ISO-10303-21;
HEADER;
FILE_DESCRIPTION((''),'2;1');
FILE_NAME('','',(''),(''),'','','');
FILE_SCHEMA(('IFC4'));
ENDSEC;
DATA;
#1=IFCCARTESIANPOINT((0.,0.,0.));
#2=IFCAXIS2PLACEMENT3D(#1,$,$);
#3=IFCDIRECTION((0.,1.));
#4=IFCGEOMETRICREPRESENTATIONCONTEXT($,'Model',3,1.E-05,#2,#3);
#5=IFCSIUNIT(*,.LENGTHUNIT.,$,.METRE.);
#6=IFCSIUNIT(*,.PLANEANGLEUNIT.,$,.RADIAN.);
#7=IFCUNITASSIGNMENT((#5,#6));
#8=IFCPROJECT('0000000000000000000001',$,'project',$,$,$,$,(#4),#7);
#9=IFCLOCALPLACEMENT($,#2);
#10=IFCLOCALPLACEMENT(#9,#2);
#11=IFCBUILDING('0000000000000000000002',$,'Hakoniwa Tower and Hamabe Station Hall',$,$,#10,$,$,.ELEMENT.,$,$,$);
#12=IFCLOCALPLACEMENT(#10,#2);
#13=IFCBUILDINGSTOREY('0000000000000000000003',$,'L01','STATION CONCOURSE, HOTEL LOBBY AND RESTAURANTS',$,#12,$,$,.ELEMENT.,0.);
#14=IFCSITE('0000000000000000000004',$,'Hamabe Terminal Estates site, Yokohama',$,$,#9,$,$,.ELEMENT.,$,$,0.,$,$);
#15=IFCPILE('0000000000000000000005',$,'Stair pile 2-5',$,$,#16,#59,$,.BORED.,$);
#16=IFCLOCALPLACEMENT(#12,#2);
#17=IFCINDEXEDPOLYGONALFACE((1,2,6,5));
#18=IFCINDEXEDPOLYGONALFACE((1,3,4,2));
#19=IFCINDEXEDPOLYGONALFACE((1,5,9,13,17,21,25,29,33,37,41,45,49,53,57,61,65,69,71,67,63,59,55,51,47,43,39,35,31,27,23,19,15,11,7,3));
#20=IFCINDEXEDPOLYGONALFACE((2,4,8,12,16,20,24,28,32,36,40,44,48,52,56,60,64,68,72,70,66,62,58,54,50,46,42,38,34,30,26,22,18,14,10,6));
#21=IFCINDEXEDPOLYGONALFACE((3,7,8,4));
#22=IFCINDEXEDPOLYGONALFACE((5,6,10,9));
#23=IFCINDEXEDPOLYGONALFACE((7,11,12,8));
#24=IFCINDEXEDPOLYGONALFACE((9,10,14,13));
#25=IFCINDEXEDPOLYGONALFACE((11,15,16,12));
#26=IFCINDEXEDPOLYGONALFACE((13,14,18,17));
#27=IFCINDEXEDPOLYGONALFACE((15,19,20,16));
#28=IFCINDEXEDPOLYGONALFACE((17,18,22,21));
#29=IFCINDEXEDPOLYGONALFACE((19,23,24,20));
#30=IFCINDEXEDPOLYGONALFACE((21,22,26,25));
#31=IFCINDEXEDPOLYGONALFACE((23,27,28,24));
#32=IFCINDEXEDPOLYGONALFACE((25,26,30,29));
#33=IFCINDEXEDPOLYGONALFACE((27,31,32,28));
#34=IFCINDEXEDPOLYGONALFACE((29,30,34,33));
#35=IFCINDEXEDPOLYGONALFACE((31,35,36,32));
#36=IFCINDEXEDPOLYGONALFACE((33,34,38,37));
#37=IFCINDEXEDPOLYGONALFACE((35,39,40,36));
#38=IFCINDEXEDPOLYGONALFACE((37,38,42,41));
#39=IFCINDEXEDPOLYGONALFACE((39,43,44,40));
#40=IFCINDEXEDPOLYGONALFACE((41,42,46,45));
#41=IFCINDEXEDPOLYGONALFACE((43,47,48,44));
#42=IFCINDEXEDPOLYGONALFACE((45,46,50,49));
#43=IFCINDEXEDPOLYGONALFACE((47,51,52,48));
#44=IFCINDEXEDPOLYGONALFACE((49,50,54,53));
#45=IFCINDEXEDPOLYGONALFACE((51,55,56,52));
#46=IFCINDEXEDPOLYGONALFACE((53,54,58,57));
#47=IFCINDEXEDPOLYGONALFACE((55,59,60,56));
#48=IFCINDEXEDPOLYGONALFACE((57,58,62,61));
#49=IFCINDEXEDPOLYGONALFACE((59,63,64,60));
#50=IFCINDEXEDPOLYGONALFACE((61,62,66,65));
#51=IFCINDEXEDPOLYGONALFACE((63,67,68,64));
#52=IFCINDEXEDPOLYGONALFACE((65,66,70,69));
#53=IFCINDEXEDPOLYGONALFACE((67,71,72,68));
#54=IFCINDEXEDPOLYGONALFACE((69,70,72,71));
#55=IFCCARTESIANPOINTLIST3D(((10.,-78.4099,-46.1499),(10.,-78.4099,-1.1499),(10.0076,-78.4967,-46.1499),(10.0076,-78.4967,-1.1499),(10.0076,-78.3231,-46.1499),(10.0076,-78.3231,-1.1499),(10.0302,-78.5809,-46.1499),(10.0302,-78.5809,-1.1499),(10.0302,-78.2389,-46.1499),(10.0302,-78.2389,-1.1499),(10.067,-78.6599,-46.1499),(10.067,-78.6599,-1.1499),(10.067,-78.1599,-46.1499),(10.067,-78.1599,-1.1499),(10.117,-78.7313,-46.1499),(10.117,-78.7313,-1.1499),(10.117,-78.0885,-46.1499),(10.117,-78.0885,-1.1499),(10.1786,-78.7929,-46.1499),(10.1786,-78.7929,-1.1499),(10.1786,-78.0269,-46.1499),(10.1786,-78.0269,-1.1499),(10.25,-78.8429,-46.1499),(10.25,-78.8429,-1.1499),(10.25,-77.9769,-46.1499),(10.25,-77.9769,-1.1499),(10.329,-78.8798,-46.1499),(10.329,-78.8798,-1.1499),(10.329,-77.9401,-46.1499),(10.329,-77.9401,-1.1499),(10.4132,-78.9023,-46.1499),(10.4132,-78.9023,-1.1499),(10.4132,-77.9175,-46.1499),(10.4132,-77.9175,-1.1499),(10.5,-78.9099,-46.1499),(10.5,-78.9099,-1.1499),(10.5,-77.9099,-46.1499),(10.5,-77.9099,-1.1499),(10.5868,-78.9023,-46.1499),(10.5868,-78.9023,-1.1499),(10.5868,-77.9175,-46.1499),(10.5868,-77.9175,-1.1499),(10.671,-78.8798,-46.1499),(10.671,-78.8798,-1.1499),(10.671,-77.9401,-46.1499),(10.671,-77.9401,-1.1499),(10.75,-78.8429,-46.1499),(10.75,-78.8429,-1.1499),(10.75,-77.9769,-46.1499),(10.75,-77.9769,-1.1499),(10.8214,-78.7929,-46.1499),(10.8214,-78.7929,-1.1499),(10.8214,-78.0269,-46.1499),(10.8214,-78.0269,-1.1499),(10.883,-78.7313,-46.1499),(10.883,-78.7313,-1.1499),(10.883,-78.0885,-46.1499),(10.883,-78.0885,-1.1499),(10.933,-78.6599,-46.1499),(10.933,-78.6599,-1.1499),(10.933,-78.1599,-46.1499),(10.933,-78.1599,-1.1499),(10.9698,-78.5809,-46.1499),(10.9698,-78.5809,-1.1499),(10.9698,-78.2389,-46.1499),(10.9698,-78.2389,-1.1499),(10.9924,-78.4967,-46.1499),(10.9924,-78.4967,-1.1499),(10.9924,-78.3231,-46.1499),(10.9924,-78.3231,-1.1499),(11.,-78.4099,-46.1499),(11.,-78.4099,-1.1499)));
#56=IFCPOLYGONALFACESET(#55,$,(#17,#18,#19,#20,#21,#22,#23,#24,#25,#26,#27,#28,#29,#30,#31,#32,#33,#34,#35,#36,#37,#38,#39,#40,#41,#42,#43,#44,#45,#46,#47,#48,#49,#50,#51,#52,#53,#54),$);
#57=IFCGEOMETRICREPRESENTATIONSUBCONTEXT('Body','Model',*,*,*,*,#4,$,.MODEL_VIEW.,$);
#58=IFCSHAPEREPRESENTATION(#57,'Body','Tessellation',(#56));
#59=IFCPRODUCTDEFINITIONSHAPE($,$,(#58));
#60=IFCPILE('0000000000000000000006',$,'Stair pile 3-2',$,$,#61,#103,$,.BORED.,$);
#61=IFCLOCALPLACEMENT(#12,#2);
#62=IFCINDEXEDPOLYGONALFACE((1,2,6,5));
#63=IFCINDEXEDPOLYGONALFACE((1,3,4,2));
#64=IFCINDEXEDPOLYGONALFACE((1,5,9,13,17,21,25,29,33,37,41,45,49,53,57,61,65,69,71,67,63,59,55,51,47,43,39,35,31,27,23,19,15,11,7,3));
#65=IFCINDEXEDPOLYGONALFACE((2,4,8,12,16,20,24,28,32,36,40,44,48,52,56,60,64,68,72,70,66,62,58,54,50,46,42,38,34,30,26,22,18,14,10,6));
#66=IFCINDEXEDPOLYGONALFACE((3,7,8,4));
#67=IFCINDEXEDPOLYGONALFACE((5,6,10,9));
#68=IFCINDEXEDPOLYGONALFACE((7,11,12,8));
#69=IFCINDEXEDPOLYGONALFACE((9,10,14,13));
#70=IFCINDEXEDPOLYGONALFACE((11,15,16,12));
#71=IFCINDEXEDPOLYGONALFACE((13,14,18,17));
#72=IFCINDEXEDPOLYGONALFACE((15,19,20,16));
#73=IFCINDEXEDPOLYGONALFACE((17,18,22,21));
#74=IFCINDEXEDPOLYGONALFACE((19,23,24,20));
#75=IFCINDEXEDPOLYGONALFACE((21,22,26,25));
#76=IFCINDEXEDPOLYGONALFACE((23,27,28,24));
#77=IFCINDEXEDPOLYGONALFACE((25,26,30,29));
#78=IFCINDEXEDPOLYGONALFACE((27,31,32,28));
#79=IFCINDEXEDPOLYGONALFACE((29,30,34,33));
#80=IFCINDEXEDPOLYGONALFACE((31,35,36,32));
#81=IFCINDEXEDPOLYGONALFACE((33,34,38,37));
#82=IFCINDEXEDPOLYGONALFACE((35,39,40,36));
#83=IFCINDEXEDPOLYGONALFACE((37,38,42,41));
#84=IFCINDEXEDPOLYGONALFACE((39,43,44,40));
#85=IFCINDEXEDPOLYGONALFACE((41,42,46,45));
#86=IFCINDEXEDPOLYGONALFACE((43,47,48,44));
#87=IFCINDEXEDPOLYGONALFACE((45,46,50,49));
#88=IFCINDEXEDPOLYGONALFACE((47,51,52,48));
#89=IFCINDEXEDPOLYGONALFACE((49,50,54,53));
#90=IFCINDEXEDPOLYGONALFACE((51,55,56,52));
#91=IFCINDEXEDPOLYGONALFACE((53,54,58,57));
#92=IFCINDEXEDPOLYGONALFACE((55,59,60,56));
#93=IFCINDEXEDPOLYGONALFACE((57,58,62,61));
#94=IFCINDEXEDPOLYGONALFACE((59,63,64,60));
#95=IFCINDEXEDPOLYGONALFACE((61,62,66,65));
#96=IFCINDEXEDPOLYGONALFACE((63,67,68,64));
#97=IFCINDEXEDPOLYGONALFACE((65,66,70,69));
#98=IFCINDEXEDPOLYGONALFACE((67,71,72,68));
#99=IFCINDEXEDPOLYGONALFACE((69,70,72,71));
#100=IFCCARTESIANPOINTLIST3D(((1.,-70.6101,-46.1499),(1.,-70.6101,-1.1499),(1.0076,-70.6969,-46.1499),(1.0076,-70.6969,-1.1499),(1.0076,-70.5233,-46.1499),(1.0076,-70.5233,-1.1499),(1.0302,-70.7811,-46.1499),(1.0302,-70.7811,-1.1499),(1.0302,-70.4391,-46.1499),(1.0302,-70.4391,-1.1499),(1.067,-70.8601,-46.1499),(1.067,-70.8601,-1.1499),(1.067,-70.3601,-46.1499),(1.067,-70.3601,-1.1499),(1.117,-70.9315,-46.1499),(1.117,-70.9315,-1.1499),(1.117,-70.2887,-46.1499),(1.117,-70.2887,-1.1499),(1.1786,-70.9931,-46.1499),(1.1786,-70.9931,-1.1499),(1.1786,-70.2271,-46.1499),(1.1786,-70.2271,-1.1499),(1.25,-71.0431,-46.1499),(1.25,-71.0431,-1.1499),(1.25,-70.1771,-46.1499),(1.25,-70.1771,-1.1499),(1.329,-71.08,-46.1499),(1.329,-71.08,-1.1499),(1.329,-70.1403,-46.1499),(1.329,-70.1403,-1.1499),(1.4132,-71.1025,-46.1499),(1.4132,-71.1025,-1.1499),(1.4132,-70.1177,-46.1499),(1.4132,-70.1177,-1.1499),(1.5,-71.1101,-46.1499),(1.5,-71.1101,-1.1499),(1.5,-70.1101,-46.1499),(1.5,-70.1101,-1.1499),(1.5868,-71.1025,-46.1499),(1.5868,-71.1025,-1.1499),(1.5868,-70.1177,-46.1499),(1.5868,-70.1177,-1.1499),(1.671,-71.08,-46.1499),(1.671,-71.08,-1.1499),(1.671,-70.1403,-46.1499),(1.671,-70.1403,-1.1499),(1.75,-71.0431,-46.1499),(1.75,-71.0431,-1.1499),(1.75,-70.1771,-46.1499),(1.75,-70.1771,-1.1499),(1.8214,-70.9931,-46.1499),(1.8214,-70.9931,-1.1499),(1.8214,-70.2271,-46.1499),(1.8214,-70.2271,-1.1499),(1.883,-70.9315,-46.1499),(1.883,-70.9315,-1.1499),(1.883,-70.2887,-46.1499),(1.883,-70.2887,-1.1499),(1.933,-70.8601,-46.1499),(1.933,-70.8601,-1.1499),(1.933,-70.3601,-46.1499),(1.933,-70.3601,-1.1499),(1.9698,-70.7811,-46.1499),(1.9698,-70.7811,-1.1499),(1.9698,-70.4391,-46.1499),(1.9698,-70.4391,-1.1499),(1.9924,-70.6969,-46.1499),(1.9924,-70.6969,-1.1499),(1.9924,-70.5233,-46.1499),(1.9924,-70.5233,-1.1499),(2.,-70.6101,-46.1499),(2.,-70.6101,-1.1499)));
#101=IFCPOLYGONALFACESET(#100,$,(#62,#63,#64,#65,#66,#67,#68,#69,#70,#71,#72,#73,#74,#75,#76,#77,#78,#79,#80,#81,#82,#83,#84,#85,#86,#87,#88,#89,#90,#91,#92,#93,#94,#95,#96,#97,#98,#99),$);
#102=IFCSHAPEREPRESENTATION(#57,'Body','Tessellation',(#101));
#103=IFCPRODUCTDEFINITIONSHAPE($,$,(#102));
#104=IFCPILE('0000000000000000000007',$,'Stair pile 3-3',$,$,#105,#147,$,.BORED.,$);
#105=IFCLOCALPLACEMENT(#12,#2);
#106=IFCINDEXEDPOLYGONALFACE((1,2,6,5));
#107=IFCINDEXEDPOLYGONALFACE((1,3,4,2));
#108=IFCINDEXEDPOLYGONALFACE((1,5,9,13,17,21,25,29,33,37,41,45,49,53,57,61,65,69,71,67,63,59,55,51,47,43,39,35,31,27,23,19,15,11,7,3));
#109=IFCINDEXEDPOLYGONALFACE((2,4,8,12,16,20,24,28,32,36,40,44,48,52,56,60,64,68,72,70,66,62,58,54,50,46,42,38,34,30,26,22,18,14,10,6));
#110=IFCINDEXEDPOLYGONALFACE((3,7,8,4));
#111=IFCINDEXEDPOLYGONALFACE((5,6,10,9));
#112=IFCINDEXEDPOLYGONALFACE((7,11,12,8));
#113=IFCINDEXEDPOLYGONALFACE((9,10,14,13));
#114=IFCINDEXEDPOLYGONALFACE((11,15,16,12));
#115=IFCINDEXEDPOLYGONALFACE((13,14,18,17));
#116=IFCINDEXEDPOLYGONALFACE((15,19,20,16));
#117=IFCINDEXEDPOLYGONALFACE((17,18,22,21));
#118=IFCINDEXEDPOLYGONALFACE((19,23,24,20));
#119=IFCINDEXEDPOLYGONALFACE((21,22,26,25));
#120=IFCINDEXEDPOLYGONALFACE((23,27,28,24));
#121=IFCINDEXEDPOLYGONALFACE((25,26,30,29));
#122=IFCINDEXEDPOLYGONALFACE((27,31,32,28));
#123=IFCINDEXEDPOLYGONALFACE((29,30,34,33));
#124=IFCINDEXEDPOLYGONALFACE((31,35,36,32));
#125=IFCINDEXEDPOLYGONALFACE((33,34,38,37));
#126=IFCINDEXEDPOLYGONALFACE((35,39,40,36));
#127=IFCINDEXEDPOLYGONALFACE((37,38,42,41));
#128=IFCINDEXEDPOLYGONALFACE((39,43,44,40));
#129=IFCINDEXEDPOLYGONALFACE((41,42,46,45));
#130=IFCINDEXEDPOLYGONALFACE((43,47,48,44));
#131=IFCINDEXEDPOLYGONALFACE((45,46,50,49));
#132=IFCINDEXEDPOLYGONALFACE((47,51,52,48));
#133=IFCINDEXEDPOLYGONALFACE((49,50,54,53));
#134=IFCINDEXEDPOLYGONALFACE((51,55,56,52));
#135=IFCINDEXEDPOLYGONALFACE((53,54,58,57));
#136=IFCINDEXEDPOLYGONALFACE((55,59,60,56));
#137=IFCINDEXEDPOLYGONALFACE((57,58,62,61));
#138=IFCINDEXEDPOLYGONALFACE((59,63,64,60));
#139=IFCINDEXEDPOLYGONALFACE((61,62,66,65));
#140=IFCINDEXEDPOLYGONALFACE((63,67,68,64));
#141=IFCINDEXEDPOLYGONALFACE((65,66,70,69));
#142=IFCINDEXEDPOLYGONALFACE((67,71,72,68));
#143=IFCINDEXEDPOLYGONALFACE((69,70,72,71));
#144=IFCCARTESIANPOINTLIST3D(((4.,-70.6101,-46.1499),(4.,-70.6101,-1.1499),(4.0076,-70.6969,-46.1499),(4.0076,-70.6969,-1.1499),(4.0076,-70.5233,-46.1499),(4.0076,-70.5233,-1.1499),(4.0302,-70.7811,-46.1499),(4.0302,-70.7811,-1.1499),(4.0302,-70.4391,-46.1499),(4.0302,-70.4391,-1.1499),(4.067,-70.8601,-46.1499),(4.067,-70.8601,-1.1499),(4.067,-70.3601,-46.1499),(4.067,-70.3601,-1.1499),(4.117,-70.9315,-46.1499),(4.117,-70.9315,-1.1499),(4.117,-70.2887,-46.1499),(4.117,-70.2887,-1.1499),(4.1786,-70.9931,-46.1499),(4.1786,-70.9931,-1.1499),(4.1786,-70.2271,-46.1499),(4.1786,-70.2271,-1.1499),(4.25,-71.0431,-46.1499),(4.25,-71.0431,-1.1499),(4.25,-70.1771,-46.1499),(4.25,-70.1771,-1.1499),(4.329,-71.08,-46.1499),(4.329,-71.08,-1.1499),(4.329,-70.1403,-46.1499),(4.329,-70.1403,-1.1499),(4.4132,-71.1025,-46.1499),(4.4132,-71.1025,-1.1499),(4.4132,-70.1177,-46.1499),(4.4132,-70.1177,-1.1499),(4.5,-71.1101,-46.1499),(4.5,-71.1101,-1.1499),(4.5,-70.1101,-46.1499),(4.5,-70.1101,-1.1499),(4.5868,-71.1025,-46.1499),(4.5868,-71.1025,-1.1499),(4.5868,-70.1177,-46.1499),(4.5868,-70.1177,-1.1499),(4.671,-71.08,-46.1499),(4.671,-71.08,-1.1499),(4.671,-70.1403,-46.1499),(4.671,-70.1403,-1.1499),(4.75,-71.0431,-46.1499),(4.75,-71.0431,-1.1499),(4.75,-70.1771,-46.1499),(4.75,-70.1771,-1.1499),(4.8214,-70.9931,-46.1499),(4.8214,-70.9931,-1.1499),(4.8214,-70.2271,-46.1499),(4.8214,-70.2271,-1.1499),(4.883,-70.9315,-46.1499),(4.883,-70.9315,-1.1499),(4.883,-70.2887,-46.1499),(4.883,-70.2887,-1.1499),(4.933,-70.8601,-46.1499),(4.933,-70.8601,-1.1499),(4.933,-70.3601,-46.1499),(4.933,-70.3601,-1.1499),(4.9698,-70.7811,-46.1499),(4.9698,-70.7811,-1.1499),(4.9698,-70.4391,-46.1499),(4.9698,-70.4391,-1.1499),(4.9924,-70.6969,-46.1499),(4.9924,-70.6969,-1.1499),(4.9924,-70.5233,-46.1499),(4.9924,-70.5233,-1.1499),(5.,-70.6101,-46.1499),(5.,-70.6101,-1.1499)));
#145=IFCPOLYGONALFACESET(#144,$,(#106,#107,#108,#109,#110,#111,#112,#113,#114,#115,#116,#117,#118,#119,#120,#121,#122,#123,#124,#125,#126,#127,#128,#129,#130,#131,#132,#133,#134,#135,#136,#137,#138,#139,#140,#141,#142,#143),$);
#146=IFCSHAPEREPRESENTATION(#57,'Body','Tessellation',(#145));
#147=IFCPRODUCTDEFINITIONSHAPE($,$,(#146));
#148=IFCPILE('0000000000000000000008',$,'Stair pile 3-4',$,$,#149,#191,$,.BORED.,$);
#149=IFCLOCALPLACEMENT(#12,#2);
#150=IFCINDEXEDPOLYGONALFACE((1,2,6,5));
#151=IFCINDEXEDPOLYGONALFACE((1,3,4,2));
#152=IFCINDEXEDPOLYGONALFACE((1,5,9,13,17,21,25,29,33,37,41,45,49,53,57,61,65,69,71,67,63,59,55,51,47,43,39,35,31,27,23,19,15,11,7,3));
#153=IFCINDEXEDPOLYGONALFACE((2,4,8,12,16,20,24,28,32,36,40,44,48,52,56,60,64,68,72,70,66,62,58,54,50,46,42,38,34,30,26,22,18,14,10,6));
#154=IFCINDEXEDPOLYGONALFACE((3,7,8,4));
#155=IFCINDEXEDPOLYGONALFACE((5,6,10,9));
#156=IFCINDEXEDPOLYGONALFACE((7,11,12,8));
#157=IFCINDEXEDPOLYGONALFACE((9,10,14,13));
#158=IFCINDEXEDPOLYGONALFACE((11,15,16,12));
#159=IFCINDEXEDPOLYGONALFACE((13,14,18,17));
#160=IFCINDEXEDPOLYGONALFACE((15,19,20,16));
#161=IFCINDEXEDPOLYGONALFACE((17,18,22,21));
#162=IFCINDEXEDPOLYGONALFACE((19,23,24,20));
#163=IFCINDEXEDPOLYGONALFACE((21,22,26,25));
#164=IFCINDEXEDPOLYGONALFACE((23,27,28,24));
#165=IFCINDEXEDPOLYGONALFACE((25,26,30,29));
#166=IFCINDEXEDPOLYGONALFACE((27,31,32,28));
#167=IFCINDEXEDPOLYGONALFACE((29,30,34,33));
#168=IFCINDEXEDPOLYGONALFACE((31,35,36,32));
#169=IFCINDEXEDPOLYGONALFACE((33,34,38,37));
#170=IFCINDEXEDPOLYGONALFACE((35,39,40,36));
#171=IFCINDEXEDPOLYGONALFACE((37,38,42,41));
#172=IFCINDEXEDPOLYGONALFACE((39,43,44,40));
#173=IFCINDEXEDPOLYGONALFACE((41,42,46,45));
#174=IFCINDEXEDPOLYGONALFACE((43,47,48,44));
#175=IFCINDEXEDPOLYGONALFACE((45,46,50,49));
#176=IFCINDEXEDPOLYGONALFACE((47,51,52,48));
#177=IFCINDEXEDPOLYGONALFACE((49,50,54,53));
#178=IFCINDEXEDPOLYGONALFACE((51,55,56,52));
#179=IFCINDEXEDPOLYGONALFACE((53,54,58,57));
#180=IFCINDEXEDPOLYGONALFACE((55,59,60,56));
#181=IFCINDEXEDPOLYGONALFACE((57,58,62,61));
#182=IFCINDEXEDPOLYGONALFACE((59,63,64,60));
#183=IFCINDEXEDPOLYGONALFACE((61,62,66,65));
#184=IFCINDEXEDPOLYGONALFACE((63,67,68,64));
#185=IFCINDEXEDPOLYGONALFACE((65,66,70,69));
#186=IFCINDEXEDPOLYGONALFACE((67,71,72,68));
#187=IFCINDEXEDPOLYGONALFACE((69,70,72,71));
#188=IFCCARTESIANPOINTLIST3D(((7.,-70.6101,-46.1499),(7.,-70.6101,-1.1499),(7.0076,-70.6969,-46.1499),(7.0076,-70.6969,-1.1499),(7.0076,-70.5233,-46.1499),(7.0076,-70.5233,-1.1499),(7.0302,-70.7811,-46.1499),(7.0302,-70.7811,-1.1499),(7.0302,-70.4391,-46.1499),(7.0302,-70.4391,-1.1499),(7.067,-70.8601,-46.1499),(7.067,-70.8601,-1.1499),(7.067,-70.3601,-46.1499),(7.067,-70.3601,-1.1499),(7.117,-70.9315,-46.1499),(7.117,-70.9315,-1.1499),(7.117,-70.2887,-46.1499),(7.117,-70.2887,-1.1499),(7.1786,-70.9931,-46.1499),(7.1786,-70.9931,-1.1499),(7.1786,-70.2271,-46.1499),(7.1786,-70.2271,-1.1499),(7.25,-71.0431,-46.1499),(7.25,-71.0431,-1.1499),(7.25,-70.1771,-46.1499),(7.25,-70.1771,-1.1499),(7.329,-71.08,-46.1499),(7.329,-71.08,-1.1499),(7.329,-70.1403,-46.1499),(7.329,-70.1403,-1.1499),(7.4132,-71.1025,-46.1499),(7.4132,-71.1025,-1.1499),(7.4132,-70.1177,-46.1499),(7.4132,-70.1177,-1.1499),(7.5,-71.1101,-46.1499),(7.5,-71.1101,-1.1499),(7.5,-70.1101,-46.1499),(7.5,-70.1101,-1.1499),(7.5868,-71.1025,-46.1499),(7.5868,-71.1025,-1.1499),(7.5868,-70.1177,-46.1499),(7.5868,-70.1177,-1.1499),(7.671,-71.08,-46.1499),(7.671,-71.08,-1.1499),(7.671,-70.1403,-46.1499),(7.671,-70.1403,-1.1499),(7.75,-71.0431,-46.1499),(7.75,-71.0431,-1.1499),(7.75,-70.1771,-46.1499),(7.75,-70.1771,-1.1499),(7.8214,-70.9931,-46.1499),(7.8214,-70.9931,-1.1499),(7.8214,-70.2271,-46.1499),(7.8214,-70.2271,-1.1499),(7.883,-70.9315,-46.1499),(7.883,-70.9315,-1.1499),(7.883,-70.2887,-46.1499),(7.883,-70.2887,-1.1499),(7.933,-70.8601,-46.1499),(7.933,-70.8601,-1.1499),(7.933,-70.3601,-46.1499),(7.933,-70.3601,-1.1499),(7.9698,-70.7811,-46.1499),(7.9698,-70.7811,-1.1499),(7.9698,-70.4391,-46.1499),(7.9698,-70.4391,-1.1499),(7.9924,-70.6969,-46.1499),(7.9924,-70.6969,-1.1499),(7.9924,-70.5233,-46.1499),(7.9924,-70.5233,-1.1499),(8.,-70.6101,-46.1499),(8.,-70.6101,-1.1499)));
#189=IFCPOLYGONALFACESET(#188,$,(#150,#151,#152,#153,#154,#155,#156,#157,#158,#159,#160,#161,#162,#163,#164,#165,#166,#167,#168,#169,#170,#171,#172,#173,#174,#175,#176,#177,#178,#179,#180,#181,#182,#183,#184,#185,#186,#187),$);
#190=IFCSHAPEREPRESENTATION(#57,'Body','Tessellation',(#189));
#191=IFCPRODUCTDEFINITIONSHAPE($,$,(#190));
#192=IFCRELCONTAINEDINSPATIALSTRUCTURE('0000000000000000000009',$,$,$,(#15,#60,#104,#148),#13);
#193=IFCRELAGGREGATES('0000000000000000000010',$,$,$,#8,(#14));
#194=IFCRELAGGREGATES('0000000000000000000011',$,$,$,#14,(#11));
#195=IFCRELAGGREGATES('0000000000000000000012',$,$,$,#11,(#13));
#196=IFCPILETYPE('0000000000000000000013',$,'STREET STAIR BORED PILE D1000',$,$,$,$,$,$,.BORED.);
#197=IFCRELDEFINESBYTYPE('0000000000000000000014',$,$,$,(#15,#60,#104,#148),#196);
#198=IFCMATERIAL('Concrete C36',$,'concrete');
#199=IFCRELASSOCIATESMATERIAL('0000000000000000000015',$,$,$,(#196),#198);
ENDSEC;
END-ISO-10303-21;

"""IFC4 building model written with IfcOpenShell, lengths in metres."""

from ifc_helpers import new_model, si_unit, direction, frame, origin, origin_2d, place, context, subcontext, project, spatial, circle, extrude, material, material_profile, profile_set, type_object, element, save


model = new_model("IFC4")

# Units and contexts
model_context = context("Model", 3, precision=1e-05, world=origin(), true_north=direction((0.0, 1.0)))
body_context = subcontext(model_context, "Body", "Model", "MODEL_VIEW")
ifc_project = project(units=[si_unit("LENGTHUNIT", "METRE"), si_unit("PLANEANGLEUNIT", "RADIAN")], contexts=[model_context])

# Site, building, storey
site_placement = place(None, origin())
site = spatial("IfcSite", under=ifc_project, at=site_placement, Name="Hamabe Terminal Estates site, Yokohama", CompositionType="ELEMENT", RefElevation=0.0)
building_placement = place(site_placement, origin())
building = spatial("IfcBuilding", under=site, at=building_placement, Name="Hakoniwa Tower and Hamabe Station Hall", CompositionType="ELEMENT")
storey_placement = place(building_placement, origin())
storey = spatial("IfcBuildingStorey", under=building, at=storey_placement, Name="L01", Description="STATION CONCOURSE, HOTEL LOBBY AND RESTAURANTS", CompositionType="ELEMENT", Elevation=0.0)

# Piles
ifc_material_1 = material(Name="Concrete C36", Category="concrete")
ifc_material_profile_1 = material_profile(ifc_material_1, circle(Radius=0.5, at=origin_2d()), Name="STREET STAIR BORED PILE D1000")
ifc_profile_set_1 = profile_set([ifc_material_profile_1], Name="Concrete C36")
pile_type_1 = type_object("IfcPileType", Name="STREET STAIR BORED PILE D1000", PredefinedType="BORED", material=ifc_profile_set_1)
for number, where, z_axis, x_axis, name in (
    (1, (10.5, -78.4099, -1.1499), (0.0, 0.0, -1.0), (1.0, 0.0, 0.0), "Stair pile 2-5"),
    (2, (1.5, -70.6101, -1.1499), (0.0, 0.0, -1.0), (1.0, 0.0, 0.0), "Stair pile 3-2"),
    (3, (4.5, -70.6101, -1.1499), (0.0, 0.0, -1.0), (1.0, 0.0, 0.0), "Stair pile 3-3"),
    (4, (7.5, -70.6101, -1.1499), (0.0, 0.0, -1.0), (1.0, 0.0, 0.0), "Stair pile 3-4"),
):
    element("IfcPile", number, at=place(storey_placement, frame(where, z_axis=z_axis, x_axis=x_axis)), inside=storey, type_object=pile_type_1, Name=name, PredefinedType="BORED", context=body_context, shape_type="SweptSolid", body=[
        extrude(circle(Radius=0.5, at=origin_2d()), origin(), (0.0, 0.0, 1.0), 45.0),
    ])

save(model, "model.ifc")
